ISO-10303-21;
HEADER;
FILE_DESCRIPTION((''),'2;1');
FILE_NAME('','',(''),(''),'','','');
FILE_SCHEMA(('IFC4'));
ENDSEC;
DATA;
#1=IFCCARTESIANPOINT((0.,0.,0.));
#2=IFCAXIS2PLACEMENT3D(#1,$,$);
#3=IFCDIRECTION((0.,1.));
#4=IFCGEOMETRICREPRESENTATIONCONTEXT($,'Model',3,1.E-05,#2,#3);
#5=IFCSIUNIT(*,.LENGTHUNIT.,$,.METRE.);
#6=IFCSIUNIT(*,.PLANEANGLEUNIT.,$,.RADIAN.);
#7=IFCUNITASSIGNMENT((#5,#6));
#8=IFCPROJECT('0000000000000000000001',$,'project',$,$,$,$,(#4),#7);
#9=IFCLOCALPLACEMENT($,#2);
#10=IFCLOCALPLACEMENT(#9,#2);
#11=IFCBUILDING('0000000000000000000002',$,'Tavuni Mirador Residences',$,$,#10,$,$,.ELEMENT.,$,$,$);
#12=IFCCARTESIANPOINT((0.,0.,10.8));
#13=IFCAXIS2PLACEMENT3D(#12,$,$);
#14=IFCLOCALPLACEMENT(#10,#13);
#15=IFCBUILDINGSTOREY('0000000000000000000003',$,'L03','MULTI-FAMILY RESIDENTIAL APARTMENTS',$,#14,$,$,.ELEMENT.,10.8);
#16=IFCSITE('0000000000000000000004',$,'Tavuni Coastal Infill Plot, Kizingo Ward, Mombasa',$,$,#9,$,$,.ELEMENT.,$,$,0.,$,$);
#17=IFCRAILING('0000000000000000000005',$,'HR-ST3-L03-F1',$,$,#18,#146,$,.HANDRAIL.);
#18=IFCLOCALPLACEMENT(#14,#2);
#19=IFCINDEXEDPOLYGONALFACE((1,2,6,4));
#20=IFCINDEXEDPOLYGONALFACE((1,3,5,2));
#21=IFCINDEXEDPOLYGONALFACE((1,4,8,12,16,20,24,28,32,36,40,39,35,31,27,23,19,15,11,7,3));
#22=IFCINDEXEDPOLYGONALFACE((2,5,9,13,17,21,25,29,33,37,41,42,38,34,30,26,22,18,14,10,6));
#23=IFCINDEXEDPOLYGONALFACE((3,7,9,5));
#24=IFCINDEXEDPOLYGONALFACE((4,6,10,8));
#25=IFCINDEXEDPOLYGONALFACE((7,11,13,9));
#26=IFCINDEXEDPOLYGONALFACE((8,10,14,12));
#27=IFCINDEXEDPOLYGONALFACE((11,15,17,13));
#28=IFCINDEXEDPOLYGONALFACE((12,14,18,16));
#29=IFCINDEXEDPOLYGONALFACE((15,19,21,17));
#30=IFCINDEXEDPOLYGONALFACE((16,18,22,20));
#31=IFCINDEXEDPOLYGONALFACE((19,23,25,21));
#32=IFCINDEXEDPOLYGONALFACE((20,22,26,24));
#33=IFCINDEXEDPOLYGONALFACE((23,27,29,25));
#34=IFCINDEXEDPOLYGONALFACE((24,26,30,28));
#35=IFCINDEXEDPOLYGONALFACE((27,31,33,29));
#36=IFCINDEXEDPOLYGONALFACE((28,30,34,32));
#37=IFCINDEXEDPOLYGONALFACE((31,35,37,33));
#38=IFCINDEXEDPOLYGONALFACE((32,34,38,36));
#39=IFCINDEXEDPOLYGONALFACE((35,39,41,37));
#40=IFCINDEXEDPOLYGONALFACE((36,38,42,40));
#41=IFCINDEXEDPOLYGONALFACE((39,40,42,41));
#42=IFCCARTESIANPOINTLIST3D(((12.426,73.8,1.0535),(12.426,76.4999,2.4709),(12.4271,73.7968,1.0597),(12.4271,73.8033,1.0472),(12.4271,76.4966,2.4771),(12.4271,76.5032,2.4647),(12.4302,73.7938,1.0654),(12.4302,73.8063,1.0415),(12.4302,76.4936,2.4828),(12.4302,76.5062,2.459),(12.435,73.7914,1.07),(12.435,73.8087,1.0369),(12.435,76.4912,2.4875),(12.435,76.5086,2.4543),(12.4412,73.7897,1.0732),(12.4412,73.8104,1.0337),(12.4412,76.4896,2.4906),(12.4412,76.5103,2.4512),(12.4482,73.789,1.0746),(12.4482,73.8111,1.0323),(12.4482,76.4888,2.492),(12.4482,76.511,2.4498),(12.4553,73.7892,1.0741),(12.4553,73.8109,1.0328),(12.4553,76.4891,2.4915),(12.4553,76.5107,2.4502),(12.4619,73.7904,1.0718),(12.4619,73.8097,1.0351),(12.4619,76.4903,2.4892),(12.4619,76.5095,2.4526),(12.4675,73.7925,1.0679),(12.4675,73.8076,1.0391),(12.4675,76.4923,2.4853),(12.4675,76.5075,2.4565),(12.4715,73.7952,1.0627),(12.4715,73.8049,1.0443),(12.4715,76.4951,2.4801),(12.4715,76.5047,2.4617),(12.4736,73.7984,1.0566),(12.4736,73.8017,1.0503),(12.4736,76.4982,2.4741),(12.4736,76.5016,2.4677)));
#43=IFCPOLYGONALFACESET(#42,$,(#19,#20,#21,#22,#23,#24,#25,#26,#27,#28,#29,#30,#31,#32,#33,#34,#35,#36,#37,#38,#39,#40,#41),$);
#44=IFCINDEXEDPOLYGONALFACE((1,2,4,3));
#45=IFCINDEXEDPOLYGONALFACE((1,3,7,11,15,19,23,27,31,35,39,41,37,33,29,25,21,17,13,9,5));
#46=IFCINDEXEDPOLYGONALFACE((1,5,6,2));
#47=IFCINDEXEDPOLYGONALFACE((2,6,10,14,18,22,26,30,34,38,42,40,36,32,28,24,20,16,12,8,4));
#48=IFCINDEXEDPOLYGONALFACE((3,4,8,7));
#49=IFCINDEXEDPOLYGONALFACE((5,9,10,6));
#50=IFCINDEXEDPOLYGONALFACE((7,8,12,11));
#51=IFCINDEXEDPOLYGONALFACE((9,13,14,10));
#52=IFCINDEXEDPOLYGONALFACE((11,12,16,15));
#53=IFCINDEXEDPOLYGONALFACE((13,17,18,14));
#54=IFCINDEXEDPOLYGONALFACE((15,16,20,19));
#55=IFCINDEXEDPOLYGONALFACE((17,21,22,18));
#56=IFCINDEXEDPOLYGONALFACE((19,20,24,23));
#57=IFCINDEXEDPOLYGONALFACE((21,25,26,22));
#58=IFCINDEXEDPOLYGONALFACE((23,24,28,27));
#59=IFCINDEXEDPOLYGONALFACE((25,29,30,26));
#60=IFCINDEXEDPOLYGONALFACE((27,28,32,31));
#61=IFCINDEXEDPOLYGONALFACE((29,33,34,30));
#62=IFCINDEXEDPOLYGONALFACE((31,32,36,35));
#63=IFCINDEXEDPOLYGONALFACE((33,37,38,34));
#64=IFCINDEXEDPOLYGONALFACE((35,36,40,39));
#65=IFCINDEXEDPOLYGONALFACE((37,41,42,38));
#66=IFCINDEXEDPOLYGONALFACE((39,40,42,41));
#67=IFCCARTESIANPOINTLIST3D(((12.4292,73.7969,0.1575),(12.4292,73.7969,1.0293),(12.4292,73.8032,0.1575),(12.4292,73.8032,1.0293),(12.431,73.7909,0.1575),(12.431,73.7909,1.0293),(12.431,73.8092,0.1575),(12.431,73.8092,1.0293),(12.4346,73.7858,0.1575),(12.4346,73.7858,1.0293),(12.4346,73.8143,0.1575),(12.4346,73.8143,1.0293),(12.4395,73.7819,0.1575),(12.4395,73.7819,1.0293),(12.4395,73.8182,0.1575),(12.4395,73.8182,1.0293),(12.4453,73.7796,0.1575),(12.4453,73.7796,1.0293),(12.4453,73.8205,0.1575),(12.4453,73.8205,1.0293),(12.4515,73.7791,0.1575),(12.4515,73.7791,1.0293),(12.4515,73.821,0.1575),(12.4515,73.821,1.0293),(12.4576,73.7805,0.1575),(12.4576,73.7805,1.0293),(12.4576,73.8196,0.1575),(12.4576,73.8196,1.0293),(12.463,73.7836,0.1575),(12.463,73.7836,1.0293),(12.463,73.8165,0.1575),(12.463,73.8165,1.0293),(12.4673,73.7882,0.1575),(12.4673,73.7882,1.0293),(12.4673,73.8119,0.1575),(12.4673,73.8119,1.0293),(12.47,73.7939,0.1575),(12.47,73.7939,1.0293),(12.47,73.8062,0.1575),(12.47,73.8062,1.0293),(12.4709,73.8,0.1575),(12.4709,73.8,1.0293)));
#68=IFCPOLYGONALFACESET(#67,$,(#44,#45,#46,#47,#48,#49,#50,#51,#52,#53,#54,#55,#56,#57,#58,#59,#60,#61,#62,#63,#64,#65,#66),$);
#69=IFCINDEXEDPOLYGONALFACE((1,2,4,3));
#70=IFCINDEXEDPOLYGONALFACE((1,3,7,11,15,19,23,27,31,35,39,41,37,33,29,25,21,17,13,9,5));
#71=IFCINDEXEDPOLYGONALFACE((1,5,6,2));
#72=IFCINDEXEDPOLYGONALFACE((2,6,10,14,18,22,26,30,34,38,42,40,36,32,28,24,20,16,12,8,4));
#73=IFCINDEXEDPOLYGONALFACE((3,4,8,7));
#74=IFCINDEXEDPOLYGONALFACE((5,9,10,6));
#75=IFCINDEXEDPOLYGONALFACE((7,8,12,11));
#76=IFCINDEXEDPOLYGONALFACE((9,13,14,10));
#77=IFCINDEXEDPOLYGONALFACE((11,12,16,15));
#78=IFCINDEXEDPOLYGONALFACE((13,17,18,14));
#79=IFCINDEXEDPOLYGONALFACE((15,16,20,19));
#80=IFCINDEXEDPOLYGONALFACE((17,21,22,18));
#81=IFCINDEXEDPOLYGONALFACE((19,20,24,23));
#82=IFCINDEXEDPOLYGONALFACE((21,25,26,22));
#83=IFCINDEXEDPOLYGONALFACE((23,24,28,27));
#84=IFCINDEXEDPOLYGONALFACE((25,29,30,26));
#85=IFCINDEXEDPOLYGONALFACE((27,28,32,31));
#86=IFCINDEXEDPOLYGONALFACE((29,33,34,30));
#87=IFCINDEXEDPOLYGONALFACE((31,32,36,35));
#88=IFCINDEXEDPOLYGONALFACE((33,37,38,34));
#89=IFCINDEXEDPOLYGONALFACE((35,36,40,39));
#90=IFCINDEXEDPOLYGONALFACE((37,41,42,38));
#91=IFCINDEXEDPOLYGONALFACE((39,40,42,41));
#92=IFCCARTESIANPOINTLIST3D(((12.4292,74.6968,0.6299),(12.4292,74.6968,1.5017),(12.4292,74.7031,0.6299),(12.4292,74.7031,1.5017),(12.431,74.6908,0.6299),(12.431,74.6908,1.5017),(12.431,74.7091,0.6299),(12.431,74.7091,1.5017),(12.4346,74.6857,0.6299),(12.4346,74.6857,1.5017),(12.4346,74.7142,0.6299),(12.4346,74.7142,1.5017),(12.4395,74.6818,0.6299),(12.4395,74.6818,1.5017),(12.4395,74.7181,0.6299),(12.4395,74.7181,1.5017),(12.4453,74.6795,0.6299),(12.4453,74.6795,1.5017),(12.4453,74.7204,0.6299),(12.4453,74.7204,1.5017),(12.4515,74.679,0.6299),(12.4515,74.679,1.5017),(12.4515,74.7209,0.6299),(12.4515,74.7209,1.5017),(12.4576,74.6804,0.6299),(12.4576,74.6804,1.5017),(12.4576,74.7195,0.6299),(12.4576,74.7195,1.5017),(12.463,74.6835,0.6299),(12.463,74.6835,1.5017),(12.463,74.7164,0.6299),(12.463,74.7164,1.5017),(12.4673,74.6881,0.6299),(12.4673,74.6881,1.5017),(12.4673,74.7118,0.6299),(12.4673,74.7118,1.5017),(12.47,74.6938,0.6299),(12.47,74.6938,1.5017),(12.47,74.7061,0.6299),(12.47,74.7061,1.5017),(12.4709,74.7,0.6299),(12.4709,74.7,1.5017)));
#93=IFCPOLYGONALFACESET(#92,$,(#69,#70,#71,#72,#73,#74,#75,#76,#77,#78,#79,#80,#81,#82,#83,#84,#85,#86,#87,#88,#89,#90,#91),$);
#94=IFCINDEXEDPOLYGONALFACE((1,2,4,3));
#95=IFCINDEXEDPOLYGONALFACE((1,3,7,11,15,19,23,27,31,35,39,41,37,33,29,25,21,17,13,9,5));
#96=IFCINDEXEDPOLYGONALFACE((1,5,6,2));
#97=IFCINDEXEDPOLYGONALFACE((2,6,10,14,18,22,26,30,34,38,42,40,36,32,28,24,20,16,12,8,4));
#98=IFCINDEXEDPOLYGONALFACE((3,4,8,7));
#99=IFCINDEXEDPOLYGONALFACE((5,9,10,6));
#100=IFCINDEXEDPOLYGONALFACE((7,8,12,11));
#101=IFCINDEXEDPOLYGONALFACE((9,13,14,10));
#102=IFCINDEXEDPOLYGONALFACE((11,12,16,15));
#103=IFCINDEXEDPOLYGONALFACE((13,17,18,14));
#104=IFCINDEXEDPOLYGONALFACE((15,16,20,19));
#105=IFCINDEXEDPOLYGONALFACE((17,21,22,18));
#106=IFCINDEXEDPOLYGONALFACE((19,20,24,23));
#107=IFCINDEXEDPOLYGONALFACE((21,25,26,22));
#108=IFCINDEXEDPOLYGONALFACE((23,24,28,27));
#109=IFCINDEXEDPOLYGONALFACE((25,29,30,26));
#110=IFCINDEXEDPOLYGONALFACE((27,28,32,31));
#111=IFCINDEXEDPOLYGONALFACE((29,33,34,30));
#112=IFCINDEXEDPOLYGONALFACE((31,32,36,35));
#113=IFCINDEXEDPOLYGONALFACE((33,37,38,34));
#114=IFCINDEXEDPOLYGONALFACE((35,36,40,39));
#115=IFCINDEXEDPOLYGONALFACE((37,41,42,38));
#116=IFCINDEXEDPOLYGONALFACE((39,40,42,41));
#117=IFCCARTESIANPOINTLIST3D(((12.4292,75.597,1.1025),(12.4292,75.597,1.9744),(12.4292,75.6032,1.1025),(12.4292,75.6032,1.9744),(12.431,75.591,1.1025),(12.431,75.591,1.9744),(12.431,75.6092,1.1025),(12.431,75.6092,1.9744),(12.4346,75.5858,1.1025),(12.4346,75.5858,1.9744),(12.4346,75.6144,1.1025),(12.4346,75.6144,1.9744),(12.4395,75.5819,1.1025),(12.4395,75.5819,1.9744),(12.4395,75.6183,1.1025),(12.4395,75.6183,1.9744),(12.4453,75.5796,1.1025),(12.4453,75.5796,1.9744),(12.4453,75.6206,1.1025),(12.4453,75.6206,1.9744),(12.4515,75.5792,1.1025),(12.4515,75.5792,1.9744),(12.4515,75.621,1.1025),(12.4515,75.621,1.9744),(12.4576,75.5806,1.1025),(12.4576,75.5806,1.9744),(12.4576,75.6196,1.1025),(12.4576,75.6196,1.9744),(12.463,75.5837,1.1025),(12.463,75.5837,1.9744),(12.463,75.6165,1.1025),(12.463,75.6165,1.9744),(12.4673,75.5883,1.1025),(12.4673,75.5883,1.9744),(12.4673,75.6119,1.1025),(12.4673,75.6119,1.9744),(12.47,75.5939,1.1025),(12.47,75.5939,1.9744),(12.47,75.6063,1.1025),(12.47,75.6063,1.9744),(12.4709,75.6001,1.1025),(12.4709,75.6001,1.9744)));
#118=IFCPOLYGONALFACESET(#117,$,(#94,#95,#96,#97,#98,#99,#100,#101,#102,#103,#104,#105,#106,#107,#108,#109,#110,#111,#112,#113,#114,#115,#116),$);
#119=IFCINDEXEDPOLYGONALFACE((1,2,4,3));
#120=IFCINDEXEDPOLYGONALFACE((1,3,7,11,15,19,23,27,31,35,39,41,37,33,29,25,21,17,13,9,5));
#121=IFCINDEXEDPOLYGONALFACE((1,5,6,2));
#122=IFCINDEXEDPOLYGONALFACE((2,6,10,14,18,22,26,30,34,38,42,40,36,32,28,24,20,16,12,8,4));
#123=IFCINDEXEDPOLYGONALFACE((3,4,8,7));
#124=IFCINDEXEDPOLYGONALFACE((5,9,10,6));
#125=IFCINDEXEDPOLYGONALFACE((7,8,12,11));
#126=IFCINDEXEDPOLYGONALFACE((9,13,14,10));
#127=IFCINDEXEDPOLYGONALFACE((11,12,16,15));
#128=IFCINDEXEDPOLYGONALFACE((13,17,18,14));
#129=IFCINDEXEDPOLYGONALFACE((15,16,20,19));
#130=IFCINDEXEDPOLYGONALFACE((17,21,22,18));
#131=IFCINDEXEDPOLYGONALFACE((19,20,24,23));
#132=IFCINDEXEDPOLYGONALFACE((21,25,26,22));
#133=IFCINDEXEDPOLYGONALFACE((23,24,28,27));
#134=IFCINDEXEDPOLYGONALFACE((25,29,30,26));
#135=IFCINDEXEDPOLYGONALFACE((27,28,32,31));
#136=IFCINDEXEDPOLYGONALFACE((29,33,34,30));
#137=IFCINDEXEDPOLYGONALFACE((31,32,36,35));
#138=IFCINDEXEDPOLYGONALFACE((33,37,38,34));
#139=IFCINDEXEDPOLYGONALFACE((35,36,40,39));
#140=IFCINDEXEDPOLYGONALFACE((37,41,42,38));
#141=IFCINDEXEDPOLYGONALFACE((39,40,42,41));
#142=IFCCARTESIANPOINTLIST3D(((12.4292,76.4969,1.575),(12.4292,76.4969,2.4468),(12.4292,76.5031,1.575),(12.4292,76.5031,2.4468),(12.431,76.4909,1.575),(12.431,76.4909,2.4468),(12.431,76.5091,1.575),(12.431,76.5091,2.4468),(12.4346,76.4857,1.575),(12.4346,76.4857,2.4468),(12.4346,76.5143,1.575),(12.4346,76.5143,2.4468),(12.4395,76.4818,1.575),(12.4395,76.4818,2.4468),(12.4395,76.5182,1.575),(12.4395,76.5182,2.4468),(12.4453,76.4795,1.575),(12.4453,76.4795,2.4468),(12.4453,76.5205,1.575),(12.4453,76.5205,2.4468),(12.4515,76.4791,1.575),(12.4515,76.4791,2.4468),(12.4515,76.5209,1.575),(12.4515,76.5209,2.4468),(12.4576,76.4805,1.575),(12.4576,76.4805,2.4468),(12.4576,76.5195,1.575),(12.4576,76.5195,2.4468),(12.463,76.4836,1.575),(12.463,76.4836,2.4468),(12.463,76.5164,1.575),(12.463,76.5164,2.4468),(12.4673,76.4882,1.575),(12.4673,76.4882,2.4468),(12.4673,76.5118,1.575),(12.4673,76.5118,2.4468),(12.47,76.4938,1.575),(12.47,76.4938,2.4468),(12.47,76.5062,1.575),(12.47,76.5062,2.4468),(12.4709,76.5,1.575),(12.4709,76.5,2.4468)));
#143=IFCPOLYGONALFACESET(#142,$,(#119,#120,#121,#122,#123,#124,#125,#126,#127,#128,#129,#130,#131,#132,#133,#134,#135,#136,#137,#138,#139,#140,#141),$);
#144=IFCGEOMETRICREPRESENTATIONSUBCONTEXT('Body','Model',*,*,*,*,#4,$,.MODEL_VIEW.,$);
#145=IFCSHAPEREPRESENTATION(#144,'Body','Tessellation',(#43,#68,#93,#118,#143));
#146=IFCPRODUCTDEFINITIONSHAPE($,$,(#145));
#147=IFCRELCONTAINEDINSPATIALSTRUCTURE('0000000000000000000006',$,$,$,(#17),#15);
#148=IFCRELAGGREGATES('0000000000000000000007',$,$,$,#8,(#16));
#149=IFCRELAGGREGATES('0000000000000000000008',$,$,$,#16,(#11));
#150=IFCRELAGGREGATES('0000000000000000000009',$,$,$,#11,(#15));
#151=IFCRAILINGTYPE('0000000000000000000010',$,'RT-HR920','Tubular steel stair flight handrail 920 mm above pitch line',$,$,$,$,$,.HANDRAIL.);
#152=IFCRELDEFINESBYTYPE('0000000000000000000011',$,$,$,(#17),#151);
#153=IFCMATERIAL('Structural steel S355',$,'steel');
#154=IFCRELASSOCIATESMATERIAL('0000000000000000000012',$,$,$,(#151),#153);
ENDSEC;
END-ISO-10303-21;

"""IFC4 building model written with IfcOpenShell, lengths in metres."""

from ifc_helpers import new_model, si_unit, direction, frame, origin, origin_2d, place, context, subcontext, project, spatial, circle, extrude, material, type_object, element, save


model = new_model("IFC4")

# Units and contexts
model_context = context("Model", 3, precision=1e-05, world=origin(), true_north=direction((0.0, 1.0)))
body_context = subcontext(model_context, "Body", "Model", "MODEL_VIEW")
ifc_project = project(units=[si_unit("LENGTHUNIT", "METRE"), si_unit("PLANEANGLEUNIT", "RADIAN")], contexts=[model_context])

# Site, building, storey
site_placement = place(None, origin())
site = spatial("IfcSite", under=ifc_project, at=site_placement, Name="Tavuni Coastal Infill Plot, Kizingo Ward, Mombasa", CompositionType="ELEMENT", RefElevation=0.0)
building_placement = place(site_placement, origin())
building = spatial("IfcBuilding", under=site, at=building_placement, Name="Tavuni Mirador Residences", CompositionType="ELEMENT")
storey_placement = place(building_placement, frame((0.0, 0.0, 10.8)))
storey = spatial("IfcBuildingStorey", under=building, at=storey_placement, Name="L03", Description="MULTI-FAMILY RESIDENTIAL APARTMENTS", CompositionType="ELEMENT", Elevation=10.8)

# Shared definitions
ifc_material_1 = material(Name="Structural steel S355", Category="steel")

# Railing
railing_type_1 = type_object("IfcRailingType", Name="RT-HR920", Description="Tubular steel stair flight handrail 920 mm above pitch line", PredefinedType="HANDRAIL", material=ifc_material_1)
railing_1_placement = place(storey_placement, frame((12.45, 73.8, 0.1575)))
element("IfcRailing", 1, at=railing_1_placement, inside=storey, type_object=railing_type_1, Name="HR-ST3-L03-F1", PredefinedType="HANDRAIL", context=body_context, shape_type="SweptSolid", body=[
    extrude(circle(Radius=0.0239, at=origin_2d()), frame((0.0, 0.0, 0.896), z_axis=(0.0, 0.885397, 0.464835), x_axis=(-1.0, 0.0, 0.0)), (0.0, 0.0, 1.0), 3.0493),
    extrude(circle(Radius=0.021, at=origin_2d()), origin(), (0.0, 0.0, 1.0), 0.8718),
    extrude(circle(Radius=0.021, at=origin_2d()), frame((0.0, 0.8999, 0.4724)), (0.0, 0.0, 1.0), 0.8718),
    extrude(circle(Radius=0.021, at=origin_2d()), frame((0.0, 1.8, 0.9451)), (0.0, 0.0, 1.0), 0.8718),
    extrude(circle(Radius=0.021, at=origin_2d()), frame((0.0, 2.7, 1.4175)), (0.0, 0.0, 1.0), 0.8718),
])

save(model, "model.ifc")
